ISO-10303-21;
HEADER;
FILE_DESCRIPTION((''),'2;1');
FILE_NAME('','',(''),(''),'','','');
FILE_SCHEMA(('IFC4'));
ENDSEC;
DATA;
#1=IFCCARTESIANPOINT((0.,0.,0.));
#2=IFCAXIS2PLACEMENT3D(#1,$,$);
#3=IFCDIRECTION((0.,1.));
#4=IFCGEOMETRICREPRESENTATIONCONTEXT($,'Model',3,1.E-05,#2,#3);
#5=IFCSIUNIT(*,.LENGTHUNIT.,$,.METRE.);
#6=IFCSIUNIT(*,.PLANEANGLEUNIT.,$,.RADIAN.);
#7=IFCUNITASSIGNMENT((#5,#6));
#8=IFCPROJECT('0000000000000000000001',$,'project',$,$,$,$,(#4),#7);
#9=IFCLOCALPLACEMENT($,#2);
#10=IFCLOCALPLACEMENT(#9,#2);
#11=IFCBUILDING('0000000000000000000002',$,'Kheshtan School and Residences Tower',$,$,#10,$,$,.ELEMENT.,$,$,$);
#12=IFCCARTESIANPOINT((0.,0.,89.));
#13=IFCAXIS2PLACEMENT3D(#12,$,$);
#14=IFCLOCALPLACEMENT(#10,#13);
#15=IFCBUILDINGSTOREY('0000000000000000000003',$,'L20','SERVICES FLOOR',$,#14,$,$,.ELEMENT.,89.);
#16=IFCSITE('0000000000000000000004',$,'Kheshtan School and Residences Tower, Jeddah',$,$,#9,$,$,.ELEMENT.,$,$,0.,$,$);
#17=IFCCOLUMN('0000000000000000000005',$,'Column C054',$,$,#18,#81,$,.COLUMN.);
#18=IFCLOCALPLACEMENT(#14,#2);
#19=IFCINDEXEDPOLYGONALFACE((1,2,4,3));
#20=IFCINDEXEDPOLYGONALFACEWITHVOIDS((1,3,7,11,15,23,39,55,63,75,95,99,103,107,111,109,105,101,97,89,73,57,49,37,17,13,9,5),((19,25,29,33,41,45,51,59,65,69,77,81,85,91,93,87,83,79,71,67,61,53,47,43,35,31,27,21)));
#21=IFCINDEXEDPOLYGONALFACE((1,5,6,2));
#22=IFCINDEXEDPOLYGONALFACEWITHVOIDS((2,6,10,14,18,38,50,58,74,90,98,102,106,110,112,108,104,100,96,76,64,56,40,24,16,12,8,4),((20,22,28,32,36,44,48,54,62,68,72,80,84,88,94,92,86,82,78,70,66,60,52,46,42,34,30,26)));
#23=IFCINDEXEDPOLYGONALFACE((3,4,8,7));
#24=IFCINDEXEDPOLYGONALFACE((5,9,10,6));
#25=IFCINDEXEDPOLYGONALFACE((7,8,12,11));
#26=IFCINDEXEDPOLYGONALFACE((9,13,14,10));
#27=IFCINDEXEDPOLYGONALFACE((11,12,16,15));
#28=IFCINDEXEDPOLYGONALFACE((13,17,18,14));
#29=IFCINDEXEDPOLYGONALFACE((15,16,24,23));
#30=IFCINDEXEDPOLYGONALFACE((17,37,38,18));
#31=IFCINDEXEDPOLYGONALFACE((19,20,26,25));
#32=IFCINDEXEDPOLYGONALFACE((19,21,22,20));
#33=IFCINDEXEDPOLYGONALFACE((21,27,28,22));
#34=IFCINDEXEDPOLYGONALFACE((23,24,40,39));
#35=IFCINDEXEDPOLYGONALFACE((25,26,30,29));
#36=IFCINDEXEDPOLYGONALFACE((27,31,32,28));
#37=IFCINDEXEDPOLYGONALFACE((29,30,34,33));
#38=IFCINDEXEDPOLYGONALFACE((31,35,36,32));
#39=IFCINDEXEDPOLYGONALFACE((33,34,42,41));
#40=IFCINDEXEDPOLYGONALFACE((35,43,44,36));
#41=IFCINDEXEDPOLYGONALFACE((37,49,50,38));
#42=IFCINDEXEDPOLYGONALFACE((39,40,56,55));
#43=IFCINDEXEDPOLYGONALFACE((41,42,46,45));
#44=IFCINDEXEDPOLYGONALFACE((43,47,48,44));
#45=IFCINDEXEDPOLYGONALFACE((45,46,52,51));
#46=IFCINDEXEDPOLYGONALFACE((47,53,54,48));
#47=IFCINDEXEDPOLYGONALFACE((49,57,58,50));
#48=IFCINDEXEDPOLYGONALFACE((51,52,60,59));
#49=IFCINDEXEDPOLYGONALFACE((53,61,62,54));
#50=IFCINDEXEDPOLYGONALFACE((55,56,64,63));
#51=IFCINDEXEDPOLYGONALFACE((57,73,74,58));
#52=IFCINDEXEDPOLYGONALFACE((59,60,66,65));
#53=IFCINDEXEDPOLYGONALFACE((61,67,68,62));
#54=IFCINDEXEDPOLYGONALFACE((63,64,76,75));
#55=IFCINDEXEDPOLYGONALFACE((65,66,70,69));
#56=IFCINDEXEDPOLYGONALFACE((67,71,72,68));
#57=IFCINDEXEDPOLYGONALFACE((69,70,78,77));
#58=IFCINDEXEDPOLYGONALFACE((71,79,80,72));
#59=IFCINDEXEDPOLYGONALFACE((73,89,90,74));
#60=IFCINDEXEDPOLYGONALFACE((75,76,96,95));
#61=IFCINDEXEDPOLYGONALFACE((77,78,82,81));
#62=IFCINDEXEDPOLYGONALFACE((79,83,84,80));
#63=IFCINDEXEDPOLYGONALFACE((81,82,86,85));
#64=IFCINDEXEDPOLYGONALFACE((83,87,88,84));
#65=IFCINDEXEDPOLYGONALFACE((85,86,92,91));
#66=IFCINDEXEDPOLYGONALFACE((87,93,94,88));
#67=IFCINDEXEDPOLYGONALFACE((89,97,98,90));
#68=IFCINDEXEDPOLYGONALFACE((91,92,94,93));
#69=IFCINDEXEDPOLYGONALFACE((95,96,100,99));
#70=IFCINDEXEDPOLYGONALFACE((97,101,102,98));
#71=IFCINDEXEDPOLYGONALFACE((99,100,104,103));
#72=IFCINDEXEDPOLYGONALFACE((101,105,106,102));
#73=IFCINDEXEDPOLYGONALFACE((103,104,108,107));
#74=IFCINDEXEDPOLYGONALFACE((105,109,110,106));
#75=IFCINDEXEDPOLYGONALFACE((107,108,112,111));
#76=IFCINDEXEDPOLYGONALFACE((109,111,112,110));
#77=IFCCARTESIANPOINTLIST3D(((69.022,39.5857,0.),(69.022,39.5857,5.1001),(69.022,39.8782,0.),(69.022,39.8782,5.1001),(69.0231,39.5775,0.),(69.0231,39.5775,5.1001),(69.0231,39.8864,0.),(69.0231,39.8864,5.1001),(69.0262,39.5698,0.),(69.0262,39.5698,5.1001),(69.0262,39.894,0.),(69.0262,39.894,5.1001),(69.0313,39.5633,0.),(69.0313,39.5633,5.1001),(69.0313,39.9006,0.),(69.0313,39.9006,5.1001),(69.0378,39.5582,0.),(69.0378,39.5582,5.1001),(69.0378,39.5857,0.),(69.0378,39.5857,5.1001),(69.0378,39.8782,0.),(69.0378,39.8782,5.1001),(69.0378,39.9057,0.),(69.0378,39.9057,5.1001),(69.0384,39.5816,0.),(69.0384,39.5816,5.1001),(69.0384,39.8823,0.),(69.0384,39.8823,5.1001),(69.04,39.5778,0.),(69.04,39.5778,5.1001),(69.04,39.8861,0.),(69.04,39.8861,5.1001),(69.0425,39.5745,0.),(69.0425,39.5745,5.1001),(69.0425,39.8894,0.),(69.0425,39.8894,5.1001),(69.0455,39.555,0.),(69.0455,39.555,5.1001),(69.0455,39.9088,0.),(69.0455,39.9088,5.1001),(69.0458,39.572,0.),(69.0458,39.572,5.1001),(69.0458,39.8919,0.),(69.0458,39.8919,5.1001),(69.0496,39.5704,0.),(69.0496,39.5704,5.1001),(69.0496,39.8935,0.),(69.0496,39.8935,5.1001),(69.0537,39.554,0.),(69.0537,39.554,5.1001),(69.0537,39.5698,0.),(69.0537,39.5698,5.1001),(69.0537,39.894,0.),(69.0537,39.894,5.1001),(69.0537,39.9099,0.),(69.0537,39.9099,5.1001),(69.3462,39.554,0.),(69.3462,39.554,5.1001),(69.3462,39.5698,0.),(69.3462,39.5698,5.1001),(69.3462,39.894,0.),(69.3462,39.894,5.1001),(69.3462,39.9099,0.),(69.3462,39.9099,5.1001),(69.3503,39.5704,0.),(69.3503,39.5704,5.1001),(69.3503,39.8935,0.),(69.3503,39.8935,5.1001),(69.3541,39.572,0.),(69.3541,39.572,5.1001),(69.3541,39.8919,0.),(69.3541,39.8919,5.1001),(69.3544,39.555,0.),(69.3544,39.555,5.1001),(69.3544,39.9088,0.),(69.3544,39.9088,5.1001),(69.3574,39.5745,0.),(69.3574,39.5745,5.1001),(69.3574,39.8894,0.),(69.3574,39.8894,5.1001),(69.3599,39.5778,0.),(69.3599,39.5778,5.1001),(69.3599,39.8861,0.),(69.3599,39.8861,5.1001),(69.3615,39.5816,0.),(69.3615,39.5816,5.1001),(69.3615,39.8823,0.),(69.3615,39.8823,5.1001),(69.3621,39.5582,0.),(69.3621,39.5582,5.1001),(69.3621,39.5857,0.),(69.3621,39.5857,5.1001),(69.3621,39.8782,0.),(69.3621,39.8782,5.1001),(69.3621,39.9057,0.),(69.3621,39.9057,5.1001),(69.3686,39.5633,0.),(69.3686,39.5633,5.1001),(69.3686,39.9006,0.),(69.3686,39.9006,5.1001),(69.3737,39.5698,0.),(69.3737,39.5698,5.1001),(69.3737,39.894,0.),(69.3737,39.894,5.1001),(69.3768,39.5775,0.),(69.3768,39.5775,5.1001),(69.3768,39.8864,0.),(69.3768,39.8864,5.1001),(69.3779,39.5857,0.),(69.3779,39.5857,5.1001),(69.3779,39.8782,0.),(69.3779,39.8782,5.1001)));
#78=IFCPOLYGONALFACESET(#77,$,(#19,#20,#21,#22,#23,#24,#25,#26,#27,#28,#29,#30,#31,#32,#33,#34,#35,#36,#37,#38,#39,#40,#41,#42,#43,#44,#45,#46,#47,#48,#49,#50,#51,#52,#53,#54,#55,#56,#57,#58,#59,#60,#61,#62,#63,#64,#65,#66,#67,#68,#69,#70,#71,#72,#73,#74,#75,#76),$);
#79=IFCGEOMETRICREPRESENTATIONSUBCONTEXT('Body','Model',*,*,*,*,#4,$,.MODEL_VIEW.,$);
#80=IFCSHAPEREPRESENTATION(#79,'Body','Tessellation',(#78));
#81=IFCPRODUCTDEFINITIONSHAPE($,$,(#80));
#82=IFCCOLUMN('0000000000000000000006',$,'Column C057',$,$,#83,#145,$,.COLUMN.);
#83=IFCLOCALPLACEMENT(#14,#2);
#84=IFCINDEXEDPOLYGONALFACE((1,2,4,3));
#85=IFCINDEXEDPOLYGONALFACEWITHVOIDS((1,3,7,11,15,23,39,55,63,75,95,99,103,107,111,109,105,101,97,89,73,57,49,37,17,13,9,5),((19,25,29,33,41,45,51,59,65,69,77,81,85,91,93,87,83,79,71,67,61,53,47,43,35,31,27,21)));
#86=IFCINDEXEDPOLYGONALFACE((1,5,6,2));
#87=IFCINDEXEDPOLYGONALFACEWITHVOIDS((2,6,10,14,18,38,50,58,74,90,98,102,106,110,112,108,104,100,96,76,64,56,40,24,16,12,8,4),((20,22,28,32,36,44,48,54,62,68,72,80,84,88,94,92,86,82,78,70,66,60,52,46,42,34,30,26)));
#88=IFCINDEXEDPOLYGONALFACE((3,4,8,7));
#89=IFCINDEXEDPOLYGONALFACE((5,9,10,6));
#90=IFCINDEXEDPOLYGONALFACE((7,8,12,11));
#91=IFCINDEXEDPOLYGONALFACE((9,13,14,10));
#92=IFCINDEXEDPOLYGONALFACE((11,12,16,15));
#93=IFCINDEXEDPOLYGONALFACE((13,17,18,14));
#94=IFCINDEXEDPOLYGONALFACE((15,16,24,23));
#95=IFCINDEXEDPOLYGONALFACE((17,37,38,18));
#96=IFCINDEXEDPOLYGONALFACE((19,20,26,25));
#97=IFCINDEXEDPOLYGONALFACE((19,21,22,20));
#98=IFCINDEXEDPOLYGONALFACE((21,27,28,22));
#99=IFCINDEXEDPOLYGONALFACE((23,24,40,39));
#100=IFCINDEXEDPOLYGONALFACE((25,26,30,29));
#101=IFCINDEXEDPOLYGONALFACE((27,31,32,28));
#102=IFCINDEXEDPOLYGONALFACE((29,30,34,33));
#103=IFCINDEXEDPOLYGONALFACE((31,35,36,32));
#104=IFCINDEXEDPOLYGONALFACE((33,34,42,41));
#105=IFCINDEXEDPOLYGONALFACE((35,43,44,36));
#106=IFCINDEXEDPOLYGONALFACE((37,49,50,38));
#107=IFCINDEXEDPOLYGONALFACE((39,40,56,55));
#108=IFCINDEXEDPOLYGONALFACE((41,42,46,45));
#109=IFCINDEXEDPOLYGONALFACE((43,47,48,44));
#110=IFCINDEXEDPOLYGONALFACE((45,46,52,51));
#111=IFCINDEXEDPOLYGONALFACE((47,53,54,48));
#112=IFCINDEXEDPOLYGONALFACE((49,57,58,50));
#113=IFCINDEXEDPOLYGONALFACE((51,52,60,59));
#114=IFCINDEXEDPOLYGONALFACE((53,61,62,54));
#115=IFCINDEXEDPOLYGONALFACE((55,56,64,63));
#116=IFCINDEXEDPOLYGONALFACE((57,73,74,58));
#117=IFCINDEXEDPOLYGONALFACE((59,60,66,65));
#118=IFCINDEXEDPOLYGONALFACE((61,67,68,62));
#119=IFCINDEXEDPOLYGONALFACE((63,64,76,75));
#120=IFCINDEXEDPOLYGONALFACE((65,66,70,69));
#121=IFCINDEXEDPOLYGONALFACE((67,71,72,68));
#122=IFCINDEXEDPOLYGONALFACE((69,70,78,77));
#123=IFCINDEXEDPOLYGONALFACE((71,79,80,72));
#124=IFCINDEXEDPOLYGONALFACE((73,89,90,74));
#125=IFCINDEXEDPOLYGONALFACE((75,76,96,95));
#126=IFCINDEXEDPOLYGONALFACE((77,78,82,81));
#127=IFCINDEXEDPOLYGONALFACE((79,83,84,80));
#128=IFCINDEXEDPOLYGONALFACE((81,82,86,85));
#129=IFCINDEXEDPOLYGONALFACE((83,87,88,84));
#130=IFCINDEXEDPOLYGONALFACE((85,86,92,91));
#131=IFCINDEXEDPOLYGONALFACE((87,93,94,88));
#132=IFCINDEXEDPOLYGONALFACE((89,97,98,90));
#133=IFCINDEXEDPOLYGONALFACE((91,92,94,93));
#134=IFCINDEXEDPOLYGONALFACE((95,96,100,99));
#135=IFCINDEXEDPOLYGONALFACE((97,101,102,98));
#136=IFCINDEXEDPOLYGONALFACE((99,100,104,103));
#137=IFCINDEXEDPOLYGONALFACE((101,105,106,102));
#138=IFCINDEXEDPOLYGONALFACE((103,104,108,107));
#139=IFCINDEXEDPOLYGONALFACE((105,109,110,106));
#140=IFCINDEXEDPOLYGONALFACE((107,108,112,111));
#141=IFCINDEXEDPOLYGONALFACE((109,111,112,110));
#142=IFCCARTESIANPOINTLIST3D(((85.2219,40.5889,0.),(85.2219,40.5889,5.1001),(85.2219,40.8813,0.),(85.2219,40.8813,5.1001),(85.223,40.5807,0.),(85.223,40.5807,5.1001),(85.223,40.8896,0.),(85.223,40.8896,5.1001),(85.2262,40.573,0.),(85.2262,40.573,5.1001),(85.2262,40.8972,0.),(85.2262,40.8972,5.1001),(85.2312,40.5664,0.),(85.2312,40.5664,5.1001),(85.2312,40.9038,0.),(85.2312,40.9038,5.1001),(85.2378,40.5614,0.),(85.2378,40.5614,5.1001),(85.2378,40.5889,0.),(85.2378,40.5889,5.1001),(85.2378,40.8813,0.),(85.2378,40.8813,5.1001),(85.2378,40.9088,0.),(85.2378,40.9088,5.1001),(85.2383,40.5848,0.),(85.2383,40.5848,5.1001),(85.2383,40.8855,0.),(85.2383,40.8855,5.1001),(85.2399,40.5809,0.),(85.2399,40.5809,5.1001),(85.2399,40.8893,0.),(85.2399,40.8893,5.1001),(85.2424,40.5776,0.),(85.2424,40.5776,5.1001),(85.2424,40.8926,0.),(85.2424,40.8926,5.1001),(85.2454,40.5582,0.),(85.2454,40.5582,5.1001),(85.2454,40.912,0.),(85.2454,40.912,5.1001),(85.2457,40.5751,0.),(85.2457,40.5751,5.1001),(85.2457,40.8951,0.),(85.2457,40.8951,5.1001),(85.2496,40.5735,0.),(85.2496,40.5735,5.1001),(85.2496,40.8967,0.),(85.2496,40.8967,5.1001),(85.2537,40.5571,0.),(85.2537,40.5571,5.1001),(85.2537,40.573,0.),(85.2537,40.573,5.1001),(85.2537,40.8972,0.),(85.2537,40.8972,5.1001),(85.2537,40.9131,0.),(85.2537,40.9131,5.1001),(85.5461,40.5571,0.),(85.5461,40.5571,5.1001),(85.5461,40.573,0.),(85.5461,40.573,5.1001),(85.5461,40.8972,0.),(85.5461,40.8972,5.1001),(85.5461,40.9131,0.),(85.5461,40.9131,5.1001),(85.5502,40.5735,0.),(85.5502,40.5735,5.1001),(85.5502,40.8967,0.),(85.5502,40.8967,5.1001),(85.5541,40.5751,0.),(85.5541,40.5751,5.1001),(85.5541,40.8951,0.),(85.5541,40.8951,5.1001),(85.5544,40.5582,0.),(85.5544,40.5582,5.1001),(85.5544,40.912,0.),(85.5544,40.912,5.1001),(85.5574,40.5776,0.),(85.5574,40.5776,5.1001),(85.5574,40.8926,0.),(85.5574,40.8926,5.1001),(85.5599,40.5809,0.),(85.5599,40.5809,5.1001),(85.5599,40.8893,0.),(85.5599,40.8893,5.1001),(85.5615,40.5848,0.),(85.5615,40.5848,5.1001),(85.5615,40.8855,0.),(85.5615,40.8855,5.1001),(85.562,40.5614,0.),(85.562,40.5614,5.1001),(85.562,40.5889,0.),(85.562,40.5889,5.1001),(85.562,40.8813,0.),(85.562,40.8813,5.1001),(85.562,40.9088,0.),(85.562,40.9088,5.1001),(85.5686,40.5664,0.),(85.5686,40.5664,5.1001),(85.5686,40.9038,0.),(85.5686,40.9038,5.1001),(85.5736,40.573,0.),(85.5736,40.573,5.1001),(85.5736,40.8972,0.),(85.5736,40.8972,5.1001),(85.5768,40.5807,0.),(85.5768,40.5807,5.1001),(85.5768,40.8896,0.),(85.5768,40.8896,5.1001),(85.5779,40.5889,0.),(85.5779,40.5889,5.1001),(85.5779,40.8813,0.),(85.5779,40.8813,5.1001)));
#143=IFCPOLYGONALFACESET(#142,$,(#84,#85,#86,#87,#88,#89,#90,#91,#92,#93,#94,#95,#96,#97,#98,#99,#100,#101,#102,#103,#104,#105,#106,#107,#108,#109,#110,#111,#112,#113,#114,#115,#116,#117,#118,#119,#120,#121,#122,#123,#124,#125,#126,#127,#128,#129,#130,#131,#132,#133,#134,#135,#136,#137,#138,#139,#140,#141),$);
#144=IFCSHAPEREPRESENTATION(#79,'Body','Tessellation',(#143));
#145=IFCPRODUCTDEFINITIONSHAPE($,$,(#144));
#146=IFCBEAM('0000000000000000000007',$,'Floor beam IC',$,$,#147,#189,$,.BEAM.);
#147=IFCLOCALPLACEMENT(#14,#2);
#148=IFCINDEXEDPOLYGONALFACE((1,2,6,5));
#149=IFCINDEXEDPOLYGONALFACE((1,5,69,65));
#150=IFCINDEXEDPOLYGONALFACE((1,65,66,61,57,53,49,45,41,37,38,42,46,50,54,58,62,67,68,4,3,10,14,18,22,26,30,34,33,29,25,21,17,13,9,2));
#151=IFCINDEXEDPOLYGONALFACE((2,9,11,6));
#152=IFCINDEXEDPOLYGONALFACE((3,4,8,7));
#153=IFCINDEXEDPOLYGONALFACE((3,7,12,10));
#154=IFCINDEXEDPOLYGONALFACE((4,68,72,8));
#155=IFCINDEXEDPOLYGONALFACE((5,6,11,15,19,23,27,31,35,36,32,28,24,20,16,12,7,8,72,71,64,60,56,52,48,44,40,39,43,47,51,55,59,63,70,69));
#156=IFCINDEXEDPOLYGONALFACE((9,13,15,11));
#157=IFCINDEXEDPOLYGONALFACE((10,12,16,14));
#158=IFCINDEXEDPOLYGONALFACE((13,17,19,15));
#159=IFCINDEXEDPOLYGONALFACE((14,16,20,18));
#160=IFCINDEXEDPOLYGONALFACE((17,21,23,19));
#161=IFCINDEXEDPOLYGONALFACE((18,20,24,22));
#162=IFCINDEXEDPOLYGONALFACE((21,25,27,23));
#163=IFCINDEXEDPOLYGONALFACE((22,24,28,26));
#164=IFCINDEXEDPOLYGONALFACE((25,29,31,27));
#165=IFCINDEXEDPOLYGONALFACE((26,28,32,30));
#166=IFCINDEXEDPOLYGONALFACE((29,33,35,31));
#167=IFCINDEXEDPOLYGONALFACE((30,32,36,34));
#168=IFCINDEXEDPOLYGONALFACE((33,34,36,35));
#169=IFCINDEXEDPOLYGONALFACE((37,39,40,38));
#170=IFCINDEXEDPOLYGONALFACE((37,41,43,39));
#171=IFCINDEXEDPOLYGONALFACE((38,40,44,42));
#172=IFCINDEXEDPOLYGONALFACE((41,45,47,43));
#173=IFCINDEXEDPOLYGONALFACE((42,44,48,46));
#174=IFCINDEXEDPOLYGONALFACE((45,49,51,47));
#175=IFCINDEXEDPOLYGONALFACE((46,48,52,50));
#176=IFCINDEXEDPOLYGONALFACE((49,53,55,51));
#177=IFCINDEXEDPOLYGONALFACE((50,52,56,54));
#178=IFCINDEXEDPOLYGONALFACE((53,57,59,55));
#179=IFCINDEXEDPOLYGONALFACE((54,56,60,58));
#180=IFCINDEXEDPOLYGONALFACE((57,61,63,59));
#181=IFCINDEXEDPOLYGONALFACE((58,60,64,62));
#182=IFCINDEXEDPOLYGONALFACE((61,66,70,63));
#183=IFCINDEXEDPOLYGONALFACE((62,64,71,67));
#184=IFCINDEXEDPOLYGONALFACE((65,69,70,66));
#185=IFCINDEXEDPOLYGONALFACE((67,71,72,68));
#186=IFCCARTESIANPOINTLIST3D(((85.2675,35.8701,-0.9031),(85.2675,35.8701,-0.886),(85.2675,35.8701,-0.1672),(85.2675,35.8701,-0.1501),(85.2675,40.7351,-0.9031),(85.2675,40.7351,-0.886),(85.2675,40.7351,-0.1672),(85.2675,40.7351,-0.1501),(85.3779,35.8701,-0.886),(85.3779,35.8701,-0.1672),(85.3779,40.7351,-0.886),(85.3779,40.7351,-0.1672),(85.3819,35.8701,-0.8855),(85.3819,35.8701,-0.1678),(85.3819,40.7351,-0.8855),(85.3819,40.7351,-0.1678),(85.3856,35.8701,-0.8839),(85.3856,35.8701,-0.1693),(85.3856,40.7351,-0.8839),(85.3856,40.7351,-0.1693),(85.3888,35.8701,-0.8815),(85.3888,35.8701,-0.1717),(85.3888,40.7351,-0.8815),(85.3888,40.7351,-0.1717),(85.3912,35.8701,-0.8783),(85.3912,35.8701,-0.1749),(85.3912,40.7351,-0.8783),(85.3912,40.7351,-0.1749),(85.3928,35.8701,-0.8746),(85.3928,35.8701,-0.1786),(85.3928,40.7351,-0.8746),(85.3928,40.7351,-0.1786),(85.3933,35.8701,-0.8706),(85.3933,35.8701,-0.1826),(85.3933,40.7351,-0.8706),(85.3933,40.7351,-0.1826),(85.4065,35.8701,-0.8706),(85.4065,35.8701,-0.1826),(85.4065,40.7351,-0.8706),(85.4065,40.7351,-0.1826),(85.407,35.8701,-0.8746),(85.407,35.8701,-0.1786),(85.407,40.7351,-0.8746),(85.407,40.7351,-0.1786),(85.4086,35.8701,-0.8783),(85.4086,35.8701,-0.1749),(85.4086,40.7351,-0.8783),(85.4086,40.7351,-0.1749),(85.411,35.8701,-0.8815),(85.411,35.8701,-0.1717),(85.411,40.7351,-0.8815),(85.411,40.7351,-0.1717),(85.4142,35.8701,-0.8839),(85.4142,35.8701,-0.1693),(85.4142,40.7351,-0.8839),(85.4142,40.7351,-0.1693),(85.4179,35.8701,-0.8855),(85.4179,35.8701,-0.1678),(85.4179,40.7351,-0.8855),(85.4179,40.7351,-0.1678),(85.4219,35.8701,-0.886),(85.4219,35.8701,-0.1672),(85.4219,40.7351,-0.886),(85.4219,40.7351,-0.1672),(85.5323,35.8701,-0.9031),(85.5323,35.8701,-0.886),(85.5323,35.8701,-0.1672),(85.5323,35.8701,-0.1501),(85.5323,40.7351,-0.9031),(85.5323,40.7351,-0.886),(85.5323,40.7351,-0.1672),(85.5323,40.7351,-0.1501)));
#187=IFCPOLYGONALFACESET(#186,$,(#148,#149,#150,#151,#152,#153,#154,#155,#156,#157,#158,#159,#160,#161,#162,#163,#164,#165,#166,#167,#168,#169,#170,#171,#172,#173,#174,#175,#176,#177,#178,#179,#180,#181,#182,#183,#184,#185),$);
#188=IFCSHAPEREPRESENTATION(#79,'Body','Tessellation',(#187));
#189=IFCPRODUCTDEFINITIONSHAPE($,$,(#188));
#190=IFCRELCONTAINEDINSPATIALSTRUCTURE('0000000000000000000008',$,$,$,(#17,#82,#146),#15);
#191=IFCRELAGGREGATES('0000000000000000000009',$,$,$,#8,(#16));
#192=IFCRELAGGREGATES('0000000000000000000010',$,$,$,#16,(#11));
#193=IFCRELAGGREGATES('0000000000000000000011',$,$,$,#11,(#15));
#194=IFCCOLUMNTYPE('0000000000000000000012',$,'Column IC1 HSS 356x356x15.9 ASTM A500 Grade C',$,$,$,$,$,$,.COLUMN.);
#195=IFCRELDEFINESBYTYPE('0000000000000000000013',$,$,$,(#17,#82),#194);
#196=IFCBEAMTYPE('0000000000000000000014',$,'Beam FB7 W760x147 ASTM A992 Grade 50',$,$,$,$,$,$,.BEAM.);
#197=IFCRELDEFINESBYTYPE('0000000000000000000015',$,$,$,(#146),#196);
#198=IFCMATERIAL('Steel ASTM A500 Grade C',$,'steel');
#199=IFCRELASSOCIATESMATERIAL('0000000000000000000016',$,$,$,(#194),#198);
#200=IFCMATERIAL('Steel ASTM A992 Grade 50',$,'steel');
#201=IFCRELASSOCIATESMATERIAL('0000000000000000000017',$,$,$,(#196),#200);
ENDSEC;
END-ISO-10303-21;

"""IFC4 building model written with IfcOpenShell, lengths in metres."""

from ifc_helpers import new_model, si_unit, direction, frame, origin, origin_2d, place, context, subcontext, project, spatial, hollow_rectangle, i_section, extrude, material, material_profile, profile_set, type_object, element, save


model = new_model("IFC4")

# Units and contexts
model_context = context("Model", 3, precision=1e-05, world=origin(), true_north=direction((0.0, 1.0)))
body_context = subcontext(model_context, "Body", "Model", "MODEL_VIEW")
ifc_project = project(units=[si_unit("LENGTHUNIT", "METRE"), si_unit("PLANEANGLEUNIT", "RADIAN")], contexts=[model_context])

# Site, building, storey
site_placement = place(None, origin())
site = spatial("IfcSite", under=ifc_project, at=site_placement, Name="Kheshtan School and Residences Tower, Jeddah", CompositionType="ELEMENT", RefElevation=0.0)
building_placement = place(site_placement, origin())
building = spatial("IfcBuilding", under=site, at=building_placement, Name="Kheshtan School and Residences Tower", CompositionType="ELEMENT")
storey_placement = place(building_placement, frame((0.0, 0.0, 89.0)))
storey = spatial("IfcBuildingStorey", under=building, at=storey_placement, Name="L20", Description="SERVICES FLOOR", CompositionType="ELEMENT", Elevation=89.0)

# Columns
ifc_material_1 = material(Name="Steel ASTM A500 Grade C", Category="steel")
ifc_material_profile_1 = material_profile(ifc_material_1, hollow_rectangle(XDim=0.356, YDim=0.356, WallThickness=0.0159, InnerFilletRadius=0.0159, OuterFilletRadius=0.0317, at=origin_2d()), Name="HSS 356x356x15.9")
ifc_profile_set_1 = profile_set([ifc_material_profile_1], Name="Steel ASTM A500 Grade C")
column_type = type_object("IfcColumnType", Name="Column IC1 HSS 356x356x15.9 ASTM A500 Grade C", PredefinedType="COLUMN", material=ifc_profile_set_1)
for number, where, z_axis, x_axis, name in (
    (1, (69.2, 39.7319, 0.0), (0.0, 0.0, 1.0), (1.0, 0.0, 0.0), "Column C054"),
    (2, (85.3999, 40.7351, 0.0), (0.0, 0.0, 1.0), (1.0, 0.0, 0.0), "Column C057"),
):
    element("IfcColumn", number, at=place(storey_placement, frame(where, z_axis=z_axis, x_axis=x_axis)), inside=storey, type_object=column_type, Name=name, PredefinedType="COLUMN", context=body_context, shape_type="SweptSolid", body=[
        extrude(hollow_rectangle(XDim=0.356, YDim=0.356, WallThickness=0.0159, InnerFilletRadius=0.0159, OuterFilletRadius=0.0317, at=origin_2d()), origin(), (0.0, 0.0, 1.0), 5.1001),
    ])

# Beam
ifc_material_2 = material(Name="Steel ASTM A992 Grade 50", Category="steel")
ifc_material_profile_2 = material_profile(ifc_material_2, i_section(OverallWidth=0.2649, OverallDepth=0.7529, WebThickness=0.0132, FlangeThickness=0.0171, FilletRadius=0.0154, at=origin_2d()), Name="W760x147")
ifc_profile_set_2 = profile_set([ifc_material_profile_2], Name="Steel ASTM A992 Grade 50")
beam_type = type_object("IfcBeamType", Name="Beam FB7 W760x147 ASTM A992 Grade 50", PredefinedType="BEAM", material=ifc_profile_set_2)
beam_placement = place(storey_placement, frame((85.3999, 40.7351, -0.5266), z_axis=(0.0, -1.0, 0.0), x_axis=(1.0, 0.0, 0.0)))
element("IfcBeam", 3, at=beam_placement, inside=storey, type_object=beam_type, Name="Floor beam IC", PredefinedType="BEAM", context=body_context, shape_type="SweptSolid", body=[
    extrude(i_section(OverallWidth=0.2649, OverallDepth=0.7529, WebThickness=0.0132, FlangeThickness=0.0171, FilletRadius=0.0154, at=origin_2d()), origin(), (0.0, 0.0, 1.0), 4.865),
])

save(model, "model.ifc")
